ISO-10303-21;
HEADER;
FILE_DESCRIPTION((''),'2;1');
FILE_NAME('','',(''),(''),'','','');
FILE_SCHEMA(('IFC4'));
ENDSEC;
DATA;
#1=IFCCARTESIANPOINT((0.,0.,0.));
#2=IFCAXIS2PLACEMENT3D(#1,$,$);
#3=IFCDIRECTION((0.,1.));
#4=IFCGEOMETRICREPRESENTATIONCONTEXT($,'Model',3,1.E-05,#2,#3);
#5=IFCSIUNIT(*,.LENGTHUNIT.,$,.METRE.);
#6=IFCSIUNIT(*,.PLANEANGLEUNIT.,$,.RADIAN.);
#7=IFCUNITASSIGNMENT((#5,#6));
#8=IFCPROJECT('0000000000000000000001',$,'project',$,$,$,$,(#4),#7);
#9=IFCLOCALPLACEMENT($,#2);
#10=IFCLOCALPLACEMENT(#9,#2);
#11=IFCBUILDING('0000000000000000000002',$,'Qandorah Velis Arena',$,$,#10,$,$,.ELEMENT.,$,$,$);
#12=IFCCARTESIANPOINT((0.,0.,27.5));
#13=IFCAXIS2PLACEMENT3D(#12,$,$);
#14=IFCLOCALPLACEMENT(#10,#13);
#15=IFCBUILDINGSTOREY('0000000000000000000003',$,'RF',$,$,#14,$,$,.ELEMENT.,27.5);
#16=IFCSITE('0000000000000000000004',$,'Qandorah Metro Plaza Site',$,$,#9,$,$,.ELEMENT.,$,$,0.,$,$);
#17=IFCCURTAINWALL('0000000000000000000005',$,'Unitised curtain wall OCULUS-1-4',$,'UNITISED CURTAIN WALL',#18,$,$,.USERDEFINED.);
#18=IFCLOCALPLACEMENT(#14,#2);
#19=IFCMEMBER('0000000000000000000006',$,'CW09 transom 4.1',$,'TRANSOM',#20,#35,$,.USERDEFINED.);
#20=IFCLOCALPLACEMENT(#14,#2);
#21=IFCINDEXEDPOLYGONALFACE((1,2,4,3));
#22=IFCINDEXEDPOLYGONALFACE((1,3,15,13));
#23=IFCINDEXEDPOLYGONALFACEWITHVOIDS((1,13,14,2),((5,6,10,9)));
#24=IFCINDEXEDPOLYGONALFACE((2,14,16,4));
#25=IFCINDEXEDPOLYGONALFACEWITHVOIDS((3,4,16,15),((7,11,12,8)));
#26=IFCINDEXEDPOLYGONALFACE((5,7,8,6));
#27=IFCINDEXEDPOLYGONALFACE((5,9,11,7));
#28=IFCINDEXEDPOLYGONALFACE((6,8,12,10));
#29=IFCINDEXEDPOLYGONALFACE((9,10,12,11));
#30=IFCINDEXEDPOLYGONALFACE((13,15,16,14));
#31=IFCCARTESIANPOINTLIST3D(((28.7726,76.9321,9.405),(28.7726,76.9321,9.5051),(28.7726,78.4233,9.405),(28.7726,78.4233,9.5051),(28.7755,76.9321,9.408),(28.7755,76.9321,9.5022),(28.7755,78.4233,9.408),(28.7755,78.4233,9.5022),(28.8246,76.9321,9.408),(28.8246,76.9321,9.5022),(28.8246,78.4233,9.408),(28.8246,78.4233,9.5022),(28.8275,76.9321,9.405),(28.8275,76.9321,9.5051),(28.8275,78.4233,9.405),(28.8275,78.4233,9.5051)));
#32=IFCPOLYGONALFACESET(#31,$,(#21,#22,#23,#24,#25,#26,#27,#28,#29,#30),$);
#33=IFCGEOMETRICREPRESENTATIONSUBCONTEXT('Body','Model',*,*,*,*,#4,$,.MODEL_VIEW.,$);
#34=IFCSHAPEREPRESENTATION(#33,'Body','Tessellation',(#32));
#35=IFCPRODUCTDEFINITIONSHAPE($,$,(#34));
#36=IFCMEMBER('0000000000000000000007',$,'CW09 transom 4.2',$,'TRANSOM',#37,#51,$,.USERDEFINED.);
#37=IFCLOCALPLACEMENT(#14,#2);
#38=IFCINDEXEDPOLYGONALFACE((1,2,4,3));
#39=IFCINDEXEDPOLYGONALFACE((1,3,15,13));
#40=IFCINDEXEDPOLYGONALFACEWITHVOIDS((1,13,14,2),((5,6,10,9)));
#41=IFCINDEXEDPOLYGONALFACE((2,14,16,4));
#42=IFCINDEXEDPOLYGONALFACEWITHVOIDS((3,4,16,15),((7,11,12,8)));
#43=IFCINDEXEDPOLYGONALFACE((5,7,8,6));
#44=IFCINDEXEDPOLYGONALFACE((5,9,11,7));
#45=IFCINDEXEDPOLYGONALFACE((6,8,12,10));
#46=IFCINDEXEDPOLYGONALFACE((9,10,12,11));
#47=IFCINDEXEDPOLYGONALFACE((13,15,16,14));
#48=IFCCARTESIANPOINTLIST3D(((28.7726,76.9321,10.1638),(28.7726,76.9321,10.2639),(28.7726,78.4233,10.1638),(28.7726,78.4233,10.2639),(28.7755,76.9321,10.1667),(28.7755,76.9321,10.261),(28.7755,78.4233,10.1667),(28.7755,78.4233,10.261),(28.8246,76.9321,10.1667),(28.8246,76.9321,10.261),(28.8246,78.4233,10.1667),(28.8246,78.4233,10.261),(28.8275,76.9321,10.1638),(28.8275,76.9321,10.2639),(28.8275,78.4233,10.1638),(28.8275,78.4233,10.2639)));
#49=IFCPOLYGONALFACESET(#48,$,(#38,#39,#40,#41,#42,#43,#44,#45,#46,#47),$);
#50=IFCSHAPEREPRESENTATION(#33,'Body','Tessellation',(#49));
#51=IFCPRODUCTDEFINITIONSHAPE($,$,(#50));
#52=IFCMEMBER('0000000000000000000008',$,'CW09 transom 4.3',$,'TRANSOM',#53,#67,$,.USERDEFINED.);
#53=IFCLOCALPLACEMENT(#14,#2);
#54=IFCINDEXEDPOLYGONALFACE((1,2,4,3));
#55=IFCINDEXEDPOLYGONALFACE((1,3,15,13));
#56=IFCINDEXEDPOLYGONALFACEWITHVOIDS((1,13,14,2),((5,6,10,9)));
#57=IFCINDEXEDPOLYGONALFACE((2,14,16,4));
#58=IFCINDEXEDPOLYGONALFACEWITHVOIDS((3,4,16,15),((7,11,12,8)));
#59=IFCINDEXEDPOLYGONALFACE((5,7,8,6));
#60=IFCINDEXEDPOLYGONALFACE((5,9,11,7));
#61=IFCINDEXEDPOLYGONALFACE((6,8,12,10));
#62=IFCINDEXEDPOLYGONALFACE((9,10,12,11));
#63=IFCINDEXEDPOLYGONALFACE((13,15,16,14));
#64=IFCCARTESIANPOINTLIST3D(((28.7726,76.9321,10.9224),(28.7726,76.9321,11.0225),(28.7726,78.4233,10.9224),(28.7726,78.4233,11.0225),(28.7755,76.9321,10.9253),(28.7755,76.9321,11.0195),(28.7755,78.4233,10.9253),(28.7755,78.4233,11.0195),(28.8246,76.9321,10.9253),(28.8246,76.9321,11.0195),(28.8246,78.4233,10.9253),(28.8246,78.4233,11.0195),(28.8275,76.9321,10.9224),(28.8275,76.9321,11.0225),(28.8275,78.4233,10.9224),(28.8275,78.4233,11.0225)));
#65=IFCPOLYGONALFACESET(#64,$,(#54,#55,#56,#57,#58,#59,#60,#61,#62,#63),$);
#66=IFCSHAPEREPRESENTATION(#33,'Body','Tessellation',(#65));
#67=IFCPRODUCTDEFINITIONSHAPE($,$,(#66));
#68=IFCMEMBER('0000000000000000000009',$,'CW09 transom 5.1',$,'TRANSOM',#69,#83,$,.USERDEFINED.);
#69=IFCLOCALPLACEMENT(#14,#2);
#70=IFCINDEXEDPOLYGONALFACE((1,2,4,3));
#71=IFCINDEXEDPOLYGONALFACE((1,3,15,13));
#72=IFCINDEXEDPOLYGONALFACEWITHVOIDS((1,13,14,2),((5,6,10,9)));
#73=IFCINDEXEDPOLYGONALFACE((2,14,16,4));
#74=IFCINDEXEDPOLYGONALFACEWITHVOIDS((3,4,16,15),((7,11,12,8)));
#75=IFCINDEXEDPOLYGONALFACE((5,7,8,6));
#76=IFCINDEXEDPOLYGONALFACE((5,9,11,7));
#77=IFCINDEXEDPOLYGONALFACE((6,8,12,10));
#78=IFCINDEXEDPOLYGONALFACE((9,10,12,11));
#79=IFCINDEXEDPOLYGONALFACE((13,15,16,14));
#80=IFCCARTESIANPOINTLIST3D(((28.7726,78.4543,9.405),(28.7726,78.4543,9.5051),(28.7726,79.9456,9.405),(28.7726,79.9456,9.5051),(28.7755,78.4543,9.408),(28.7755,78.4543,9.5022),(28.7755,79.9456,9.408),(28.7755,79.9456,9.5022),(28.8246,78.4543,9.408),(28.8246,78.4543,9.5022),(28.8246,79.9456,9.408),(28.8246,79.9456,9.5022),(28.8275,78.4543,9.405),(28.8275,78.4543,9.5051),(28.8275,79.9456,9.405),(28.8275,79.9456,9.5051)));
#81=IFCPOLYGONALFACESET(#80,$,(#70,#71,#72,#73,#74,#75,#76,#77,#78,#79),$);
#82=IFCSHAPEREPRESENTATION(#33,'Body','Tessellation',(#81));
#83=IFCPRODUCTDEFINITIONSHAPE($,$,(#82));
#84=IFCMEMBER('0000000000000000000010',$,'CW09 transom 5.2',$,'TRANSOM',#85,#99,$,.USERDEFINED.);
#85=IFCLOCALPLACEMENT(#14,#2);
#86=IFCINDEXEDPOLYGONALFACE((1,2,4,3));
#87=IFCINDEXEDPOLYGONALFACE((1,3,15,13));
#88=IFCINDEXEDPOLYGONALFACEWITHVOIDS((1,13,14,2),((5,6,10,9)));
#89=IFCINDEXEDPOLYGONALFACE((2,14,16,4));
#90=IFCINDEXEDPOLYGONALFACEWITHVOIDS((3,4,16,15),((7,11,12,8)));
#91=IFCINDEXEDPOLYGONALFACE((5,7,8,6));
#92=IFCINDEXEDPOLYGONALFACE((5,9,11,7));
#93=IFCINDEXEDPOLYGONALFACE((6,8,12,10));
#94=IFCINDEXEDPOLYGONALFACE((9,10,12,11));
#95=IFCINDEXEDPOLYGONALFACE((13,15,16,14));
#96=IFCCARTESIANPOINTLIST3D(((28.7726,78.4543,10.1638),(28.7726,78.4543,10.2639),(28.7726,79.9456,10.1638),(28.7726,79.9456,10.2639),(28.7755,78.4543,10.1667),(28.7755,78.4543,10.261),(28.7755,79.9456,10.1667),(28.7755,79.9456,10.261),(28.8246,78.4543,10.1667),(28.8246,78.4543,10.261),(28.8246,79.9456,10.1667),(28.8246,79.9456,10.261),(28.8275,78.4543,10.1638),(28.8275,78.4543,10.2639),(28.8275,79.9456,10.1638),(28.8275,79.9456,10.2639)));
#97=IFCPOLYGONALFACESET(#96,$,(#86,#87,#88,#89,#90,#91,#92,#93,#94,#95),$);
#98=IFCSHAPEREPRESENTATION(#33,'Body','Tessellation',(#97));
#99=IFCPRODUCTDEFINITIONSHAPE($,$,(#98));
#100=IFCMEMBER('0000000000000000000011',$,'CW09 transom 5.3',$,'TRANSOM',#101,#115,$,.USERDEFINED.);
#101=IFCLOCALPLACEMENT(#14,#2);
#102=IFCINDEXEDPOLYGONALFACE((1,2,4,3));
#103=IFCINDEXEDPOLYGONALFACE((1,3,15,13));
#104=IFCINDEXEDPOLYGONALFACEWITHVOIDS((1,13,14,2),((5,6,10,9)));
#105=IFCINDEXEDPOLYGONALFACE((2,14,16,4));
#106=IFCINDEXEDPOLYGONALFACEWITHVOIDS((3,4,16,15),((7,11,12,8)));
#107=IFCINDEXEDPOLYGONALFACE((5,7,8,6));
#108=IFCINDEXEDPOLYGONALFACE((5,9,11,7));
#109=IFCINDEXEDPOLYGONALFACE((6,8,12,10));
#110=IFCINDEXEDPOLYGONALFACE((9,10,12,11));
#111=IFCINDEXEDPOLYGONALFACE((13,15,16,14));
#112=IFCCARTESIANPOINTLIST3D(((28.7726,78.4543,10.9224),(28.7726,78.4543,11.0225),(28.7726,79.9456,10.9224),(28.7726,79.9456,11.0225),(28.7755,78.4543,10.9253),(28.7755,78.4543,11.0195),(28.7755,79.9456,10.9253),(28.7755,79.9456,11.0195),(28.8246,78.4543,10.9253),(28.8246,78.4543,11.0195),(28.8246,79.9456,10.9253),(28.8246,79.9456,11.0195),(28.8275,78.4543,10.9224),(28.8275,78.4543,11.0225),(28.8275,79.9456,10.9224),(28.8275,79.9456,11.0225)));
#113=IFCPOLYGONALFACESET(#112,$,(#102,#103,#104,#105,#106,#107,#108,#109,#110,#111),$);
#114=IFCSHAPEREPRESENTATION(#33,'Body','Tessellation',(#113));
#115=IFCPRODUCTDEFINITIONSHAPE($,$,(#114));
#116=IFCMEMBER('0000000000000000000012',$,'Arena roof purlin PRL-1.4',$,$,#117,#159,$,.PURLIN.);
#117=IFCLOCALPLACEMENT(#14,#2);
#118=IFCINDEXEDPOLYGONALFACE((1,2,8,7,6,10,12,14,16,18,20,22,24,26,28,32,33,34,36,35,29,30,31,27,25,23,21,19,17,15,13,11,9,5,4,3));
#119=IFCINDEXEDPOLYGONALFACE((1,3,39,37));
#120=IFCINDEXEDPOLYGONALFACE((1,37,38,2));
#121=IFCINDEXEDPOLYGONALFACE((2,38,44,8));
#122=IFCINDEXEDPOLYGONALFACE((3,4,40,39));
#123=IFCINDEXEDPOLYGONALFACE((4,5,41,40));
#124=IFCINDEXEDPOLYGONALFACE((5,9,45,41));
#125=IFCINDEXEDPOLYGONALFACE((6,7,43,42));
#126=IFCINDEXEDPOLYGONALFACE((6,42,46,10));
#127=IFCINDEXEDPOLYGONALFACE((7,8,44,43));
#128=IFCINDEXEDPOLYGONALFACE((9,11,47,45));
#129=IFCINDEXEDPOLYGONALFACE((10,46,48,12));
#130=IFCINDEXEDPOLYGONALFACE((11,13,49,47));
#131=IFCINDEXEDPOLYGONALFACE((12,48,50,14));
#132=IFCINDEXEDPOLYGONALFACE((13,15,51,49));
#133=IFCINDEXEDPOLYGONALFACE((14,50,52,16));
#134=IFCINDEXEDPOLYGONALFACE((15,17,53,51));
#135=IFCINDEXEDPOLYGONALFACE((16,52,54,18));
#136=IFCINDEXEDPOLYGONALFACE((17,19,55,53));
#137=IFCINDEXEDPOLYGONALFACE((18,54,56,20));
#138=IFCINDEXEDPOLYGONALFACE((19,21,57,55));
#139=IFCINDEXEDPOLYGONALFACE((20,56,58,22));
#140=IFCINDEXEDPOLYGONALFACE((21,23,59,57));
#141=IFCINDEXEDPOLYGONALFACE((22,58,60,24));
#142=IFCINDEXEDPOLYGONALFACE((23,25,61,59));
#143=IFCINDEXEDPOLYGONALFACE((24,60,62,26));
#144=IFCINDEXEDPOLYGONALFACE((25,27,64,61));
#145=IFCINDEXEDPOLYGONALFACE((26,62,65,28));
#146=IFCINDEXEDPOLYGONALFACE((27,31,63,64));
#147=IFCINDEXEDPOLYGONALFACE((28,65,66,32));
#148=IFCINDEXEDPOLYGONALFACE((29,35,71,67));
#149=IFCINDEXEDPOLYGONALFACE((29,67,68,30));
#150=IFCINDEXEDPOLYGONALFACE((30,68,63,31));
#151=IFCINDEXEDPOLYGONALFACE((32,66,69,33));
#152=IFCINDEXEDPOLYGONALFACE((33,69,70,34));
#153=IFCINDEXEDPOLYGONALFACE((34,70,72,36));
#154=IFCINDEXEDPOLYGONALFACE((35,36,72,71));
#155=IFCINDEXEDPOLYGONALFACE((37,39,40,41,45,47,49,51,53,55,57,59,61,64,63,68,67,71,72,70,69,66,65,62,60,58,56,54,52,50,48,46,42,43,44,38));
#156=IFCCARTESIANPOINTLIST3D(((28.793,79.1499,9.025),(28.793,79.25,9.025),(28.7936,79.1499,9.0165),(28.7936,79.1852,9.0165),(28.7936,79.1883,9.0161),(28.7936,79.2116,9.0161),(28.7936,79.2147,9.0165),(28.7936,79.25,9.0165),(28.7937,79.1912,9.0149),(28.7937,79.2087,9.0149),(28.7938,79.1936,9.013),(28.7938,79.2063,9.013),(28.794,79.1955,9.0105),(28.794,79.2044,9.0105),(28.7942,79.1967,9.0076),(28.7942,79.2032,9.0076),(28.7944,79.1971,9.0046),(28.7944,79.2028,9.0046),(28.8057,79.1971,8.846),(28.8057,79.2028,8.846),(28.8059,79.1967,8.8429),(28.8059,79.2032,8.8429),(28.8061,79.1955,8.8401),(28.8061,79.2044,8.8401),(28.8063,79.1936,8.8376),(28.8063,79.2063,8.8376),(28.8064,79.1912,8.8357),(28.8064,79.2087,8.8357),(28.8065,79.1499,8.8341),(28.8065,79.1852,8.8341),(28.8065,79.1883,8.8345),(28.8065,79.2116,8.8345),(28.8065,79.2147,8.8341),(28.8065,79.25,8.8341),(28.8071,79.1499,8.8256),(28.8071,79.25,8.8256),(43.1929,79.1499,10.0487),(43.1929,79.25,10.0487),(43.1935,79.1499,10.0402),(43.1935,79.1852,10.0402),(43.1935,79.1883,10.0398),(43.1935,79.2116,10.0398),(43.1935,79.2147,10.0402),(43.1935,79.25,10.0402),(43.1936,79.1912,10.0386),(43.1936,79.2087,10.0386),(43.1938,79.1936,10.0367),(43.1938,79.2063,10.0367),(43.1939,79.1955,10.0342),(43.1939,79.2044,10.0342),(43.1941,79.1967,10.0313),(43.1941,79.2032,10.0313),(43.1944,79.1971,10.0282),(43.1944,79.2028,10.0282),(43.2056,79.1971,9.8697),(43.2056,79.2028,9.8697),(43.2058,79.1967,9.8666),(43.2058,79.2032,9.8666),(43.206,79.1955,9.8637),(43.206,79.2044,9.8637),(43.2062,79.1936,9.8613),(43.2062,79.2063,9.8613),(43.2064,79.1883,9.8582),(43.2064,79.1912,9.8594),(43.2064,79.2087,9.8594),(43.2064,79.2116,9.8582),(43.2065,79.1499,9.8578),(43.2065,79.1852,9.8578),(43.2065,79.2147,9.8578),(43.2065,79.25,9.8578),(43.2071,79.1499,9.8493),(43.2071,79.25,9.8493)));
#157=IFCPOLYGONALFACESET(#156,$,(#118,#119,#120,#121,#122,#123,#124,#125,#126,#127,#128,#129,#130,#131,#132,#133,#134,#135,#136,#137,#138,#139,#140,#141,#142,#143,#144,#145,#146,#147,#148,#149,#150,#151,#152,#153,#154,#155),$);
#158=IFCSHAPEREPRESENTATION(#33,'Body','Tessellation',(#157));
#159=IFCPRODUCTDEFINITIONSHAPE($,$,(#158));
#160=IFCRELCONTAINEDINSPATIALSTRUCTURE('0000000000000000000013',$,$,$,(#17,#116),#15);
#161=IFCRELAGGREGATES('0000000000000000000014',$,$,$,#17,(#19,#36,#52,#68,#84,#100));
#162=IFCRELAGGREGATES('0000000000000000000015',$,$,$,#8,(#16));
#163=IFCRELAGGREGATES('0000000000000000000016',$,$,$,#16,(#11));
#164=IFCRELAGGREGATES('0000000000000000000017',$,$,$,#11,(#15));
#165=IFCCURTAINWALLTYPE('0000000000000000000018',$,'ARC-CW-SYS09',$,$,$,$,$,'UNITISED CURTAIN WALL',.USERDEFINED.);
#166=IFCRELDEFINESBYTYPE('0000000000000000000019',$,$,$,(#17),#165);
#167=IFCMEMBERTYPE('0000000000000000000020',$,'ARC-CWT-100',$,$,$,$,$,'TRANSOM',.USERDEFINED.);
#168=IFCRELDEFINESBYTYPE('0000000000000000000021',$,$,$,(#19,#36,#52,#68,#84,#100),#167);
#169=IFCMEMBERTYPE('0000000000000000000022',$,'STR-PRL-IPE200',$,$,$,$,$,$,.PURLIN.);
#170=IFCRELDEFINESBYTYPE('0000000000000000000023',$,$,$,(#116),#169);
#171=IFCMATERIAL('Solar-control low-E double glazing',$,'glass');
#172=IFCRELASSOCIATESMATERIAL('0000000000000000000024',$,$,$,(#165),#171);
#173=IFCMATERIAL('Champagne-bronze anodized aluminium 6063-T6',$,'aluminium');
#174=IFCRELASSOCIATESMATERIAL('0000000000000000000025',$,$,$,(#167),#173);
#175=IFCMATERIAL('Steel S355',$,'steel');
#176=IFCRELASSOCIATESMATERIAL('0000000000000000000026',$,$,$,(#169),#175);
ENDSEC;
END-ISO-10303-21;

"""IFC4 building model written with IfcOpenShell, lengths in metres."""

from ifc_helpers import new_model, si_unit, direction, frame, origin, origin_2d, place, context, subcontext, project, spatial, hollow_rectangle, i_section, extrude, material, material_profile, profile_set, type_object, element, aggregate, save


model = new_model("IFC4")

# Units and contexts
model_context = context("Model", 3, precision=1e-05, world=origin(), true_north=direction((0.0, 1.0)))
body_context = subcontext(model_context, "Body", "Model", "MODEL_VIEW")
ifc_project = project(units=[si_unit("LENGTHUNIT", "METRE"), si_unit("PLANEANGLEUNIT", "RADIAN")], contexts=[model_context])

# Site, building, storey
site_placement = place(None, origin())
site = spatial("IfcSite", under=ifc_project, at=site_placement, Name="Qandorah Metro Plaza Site", CompositionType="ELEMENT", RefElevation=0.0)
building_placement = place(site_placement, origin())
building = spatial("IfcBuilding", under=site, at=building_placement, Name="Qandorah Velis Arena", CompositionType="ELEMENT")
storey_placement = place(building_placement, frame((0.0, 0.0, 27.5)))
storey = spatial("IfcBuildingStorey", under=building, at=storey_placement, Name="RF", CompositionType="ELEMENT", Elevation=27.5)

# Curtain wall
ifc_material_1 = material(Name="Solar-control low-E double glazing", Category="glass")
ifc_material_2 = material(Name="Champagne-bronze anodized aluminium 6063-T6", Category="aluminium")
curtain_wall_type_1 = type_object("IfcCurtainWallType", Name="ARC-CW-SYS09", ElementType="UNITISED CURTAIN WALL", PredefinedType="USERDEFINED", material=ifc_material_1)
curtain_wall_1_placement = place(storey_placement, origin())
curtain_wall_1 = element("IfcCurtainWall", 1, at=curtain_wall_1_placement, inside=storey, type_object=curtain_wall_type_1, Name="Unitised curtain wall OCULUS-1-4", ObjectType="UNITISED CURTAIN WALL", PredefinedType="USERDEFINED")

# Members
ifc_material_profile_1 = material_profile(ifc_material_2, hollow_rectangle(XDim=0.0549, YDim=0.1001, WallThickness=0.0029, at=origin_2d()), Name="ALU TRANSOM 55x100")
ifc_profile_set_1 = profile_set([ifc_material_profile_1], Name="Champagne-bronze anodized aluminium 6063-T6")
member_type_1 = type_object("IfcMemberType", Name="ARC-CWT-100", ElementType="TRANSOM", PredefinedType="USERDEFINED", material=ifc_profile_set_1)
member_1_placement = place(storey_placement, frame((28.8, 76.9321, 9.4551), z_axis=(0.0, 1.0, 0.0), x_axis=(-1.0, 0.0, 0.0)))
member_1 = element("IfcMember", 2, at=member_1_placement, type_object=member_type_1, Name="CW09 transom 4.1", ObjectType="TRANSOM", PredefinedType="USERDEFINED", context=body_context, shape_type="SweptSolid", body=[
    extrude(hollow_rectangle(XDim=0.0549, YDim=0.1001, WallThickness=0.0029, at=origin_2d()), origin(), (0.0, 0.0, 1.0), 1.4912),
])
member_2_placement = place(storey_placement, frame((28.8, 76.9321, 10.2139), z_axis=(0.0, 1.0, 0.0), x_axis=(-1.0, 0.0, 0.0)))
member_2 = element("IfcMember", 3, at=member_2_placement, type_object=member_type_1, Name="CW09 transom 4.2", ObjectType="TRANSOM", PredefinedType="USERDEFINED", context=body_context, shape_type="SweptSolid", body=[
    extrude(hollow_rectangle(XDim=0.0549, YDim=0.1001, WallThickness=0.0029, at=origin_2d()), origin(), (0.0, 0.0, 1.0), 1.4912),
])
member_3_placement = place(storey_placement, frame((28.8, 76.9321, 10.9724), z_axis=(0.0, 1.0, 0.0), x_axis=(-1.0, 0.0, 0.0)))
member_3 = element("IfcMember", 4, at=member_3_placement, type_object=member_type_1, Name="CW09 transom 4.3", ObjectType="TRANSOM", PredefinedType="USERDEFINED", context=body_context, shape_type="SweptSolid", body=[
    extrude(hollow_rectangle(XDim=0.0549, YDim=0.1001, WallThickness=0.0029, at=origin_2d()), origin(), (0.0, 0.0, 1.0), 1.4912),
])
member_4_placement = place(storey_placement, frame((28.8, 78.4543, 9.4551), z_axis=(0.0, 1.0, 0.0), x_axis=(-1.0, 0.0, 0.0)))
member_4 = element("IfcMember", 5, at=member_4_placement, type_object=member_type_1, Name="CW09 transom 5.1", ObjectType="TRANSOM", PredefinedType="USERDEFINED", context=body_context, shape_type="SweptSolid", body=[
    extrude(hollow_rectangle(XDim=0.0549, YDim=0.1001, WallThickness=0.0029, at=origin_2d()), origin(), (0.0, 0.0, 1.0), 1.4912),
])
member_5_placement = place(storey_placement, frame((28.8, 78.4543, 10.2139), z_axis=(0.0, 1.0, 0.0), x_axis=(-1.0, 0.0, 0.0)))
member_5 = element("IfcMember", 6, at=member_5_placement, type_object=member_type_1, Name="CW09 transom 5.2", ObjectType="TRANSOM", PredefinedType="USERDEFINED", context=body_context, shape_type="SweptSolid", body=[
    extrude(hollow_rectangle(XDim=0.0549, YDim=0.1001, WallThickness=0.0029, at=origin_2d()), origin(), (0.0, 0.0, 1.0), 1.4912),
])
member_6_placement = place(storey_placement, frame((28.8, 78.4543, 10.9724), z_axis=(0.0, 1.0, 0.0), x_axis=(-1.0, 0.0, 0.0)))
member_6 = element("IfcMember", 7, at=member_6_placement, type_object=member_type_1, Name="CW09 transom 5.3", ObjectType="TRANSOM", PredefinedType="USERDEFINED", context=body_context, shape_type="SweptSolid", body=[
    extrude(hollow_rectangle(XDim=0.0549, YDim=0.1001, WallThickness=0.0029, at=origin_2d()), origin(), (0.0, 0.0, 1.0), 1.4912),
])

# Member
ifc_material_3 = material(Name="Steel S355", Category="steel")
ifc_material_profile_2 = material_profile(ifc_material_3, i_section(OverallWidth=0.1001, OverallDepth=0.2, WebThickness=0.0056, FlangeThickness=0.0085, FilletRadius=0.012, at=origin_2d()), Name="IPE 200")
ifc_profile_set_2 = profile_set([ifc_material_profile_2], Name="Steel S355")
member_type_2 = type_object("IfcMemberType", Name="STR-PRL-IPE200", PredefinedType="PURLIN", material=ifc_profile_set_2)
member_7_placement = place(storey_placement, frame((28.8, 79.2, 8.9253), z_axis=(0.997483, 0.0, 0.070911), x_axis=(0.0, 1.0, 0.0)))
element("IfcMember", 8, at=member_7_placement, inside=storey, type_object=member_type_2, Name="Arena roof purlin PRL-1.4", PredefinedType="PURLIN", context=body_context, shape_type="SweptSolid", body=[
    extrude(i_section(OverallWidth=0.1001, OverallDepth=0.2, WebThickness=0.0056, FlangeThickness=0.0085, FilletRadius=0.012, at=origin_2d()), origin(), (0.0, 0.0, 1.0), 14.4363),
])

aggregate(curtain_wall_1, [member_1, member_2, member_3, member_4, member_5, member_6])

save(model, "model.ifc")
